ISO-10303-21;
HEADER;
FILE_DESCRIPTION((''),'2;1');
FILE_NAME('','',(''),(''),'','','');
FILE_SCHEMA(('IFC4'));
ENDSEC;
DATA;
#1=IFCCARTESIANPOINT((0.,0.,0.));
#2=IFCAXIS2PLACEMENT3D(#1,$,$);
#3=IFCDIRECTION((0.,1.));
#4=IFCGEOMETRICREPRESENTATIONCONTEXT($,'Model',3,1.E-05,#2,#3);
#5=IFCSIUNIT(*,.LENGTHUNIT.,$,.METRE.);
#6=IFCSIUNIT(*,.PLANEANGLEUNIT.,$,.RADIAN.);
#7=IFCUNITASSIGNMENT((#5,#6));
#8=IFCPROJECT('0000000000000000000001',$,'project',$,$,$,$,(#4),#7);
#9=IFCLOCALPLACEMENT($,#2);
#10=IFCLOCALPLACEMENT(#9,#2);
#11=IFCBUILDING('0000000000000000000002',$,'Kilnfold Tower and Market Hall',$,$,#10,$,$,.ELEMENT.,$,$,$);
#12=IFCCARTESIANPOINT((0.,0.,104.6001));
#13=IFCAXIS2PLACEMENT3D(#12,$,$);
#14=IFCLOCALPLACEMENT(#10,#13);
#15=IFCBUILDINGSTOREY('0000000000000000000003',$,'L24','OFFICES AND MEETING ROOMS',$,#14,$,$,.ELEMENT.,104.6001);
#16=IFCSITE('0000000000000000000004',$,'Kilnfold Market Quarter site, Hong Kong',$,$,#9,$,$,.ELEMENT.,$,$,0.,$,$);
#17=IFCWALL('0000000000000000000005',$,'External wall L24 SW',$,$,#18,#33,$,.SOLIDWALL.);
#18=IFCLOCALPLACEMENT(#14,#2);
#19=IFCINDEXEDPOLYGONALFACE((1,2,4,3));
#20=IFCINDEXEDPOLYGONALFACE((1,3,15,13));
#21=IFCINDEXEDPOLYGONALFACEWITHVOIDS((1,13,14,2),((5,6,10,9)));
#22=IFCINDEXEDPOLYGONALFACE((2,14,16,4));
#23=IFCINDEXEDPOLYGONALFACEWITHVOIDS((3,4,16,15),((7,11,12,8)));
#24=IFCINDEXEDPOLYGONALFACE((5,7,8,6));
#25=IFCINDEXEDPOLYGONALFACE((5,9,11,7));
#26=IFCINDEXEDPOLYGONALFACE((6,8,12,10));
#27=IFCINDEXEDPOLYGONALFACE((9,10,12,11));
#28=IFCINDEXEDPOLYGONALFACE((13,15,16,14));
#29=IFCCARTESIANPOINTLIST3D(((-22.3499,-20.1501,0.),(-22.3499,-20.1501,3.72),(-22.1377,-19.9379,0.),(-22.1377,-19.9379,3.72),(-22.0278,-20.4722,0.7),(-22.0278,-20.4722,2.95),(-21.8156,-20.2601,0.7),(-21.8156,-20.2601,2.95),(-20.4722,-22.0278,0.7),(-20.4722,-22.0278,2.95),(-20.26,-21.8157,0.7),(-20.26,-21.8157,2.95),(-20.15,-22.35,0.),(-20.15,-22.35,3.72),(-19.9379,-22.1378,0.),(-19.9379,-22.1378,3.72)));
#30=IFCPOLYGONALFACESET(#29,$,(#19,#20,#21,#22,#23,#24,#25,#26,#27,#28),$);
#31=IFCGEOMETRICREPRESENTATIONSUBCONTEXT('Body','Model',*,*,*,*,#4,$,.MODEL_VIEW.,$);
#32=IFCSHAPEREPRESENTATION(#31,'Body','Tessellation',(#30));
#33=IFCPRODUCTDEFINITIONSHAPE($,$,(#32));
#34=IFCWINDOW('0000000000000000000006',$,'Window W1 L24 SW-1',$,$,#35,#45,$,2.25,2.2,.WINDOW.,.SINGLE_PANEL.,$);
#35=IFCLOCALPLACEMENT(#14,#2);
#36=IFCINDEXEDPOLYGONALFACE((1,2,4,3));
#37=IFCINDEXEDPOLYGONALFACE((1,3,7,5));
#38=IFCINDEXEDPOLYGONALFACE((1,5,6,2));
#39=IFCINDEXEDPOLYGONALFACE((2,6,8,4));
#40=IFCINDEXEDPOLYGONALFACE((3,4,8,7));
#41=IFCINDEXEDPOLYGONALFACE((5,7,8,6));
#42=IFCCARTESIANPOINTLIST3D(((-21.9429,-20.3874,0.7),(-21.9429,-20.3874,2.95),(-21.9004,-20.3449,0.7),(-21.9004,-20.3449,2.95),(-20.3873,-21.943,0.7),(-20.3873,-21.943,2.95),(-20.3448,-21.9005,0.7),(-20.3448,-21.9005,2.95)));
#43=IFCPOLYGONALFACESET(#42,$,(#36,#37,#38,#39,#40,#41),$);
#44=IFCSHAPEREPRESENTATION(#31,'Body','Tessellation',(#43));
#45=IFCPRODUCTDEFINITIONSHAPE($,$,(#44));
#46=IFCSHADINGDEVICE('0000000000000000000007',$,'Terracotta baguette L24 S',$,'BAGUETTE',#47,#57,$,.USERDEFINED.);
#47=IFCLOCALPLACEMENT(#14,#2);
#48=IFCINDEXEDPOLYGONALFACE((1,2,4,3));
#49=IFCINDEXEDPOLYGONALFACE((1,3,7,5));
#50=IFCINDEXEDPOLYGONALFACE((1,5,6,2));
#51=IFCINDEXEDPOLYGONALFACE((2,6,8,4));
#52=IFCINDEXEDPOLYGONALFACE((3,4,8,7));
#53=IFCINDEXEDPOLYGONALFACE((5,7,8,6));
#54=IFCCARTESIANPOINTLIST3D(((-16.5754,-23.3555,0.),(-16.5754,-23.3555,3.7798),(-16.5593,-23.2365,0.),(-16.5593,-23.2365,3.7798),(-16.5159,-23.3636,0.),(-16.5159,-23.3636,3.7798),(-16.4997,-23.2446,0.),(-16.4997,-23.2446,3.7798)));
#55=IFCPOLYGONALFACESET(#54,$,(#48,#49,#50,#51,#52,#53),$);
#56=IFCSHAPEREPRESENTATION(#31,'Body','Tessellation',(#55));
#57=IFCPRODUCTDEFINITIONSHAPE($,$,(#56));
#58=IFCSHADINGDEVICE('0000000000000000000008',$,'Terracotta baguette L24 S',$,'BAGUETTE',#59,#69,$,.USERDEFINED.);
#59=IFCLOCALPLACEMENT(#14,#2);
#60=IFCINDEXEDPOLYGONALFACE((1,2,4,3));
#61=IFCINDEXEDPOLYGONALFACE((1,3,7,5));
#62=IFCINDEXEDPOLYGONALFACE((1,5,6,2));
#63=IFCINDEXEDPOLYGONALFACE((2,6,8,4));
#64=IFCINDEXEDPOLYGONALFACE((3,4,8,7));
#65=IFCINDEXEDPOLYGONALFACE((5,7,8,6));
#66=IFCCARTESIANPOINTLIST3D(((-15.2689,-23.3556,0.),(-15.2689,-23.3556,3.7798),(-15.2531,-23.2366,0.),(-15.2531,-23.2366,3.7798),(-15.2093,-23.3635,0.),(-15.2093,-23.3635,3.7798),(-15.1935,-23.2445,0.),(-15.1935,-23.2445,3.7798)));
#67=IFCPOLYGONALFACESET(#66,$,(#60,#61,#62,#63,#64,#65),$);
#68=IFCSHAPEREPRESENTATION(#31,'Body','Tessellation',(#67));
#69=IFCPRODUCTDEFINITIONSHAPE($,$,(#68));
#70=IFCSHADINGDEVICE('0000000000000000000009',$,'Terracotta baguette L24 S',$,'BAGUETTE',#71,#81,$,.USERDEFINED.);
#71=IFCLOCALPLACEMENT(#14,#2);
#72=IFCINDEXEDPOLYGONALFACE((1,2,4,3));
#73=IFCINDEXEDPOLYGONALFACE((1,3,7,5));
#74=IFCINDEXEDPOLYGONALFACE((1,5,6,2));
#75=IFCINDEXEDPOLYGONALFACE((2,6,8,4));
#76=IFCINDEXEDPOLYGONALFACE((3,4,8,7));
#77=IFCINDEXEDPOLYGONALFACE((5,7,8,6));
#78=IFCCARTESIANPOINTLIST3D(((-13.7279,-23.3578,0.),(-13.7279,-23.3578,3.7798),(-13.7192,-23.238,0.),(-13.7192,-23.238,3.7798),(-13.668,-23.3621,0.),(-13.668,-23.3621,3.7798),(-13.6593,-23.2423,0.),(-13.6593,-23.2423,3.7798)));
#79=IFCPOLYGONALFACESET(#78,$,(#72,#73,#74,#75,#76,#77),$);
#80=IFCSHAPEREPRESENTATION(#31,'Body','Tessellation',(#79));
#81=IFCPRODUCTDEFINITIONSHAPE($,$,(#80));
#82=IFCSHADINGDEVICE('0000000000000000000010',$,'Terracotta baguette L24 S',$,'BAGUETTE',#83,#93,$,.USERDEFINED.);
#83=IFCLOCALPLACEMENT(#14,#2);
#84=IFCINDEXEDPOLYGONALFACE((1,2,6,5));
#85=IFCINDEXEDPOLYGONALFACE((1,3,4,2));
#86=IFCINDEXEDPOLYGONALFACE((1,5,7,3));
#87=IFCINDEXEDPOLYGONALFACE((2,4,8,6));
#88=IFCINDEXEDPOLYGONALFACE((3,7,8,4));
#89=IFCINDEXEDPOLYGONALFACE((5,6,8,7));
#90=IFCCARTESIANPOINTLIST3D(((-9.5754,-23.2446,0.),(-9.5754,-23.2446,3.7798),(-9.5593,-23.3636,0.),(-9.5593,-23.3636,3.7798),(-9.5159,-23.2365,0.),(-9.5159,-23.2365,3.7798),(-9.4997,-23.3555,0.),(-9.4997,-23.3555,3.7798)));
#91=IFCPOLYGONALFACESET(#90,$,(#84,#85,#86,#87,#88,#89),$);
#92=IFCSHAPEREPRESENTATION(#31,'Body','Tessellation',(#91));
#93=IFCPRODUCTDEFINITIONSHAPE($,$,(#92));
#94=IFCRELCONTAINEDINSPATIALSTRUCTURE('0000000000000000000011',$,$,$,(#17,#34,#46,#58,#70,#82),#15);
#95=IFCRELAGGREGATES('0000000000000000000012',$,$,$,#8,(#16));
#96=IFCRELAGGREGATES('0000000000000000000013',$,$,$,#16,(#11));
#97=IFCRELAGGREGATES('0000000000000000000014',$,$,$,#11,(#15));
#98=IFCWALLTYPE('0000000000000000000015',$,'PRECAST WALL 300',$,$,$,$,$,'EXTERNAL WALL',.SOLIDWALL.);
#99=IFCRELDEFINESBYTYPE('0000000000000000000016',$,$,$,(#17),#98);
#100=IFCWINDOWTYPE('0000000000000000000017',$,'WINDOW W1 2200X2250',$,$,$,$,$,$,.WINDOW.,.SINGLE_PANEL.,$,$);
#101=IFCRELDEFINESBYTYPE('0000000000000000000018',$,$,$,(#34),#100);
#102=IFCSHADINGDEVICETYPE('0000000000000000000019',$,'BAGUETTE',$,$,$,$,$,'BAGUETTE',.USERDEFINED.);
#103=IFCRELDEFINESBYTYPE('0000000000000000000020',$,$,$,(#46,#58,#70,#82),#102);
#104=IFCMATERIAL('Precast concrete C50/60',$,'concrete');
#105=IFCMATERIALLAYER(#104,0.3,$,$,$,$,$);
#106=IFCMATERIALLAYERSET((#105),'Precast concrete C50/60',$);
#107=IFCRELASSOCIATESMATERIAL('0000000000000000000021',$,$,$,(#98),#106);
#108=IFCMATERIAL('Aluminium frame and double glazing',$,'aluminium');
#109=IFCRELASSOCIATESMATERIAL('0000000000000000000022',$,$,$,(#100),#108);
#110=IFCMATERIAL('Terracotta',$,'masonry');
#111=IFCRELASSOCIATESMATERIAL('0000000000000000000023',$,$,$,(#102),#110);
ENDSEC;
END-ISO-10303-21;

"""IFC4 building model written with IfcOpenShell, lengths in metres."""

from ifc_helpers import new_model, si_unit, direction, frame, frame_2d, origin, origin_2d, place, context, subcontext, project, spatial, rectangle, extrude, source, transform, mapped, material, layer, layer_set, material_profile, profile_set, type_object, element, fill, save


model = new_model("IFC4")

# Units and contexts
model_context = context("Model", 3, precision=1e-05, world=origin(), true_north=direction((0.0, 1.0)))
body_context = subcontext(model_context, "Body", "Model", "MODEL_VIEW")
ifc_project = project(units=[si_unit("LENGTHUNIT", "METRE"), si_unit("PLANEANGLEUNIT", "RADIAN")], contexts=[model_context])

# Site, building, storey
site_placement = place(None, origin())
site = spatial("IfcSite", under=ifc_project, at=site_placement, Name="Kilnfold Market Quarter site, Hong Kong", CompositionType="ELEMENT", RefElevation=0.0)
building_placement = place(site_placement, origin())
building = spatial("IfcBuilding", under=site, at=building_placement, Name="Kilnfold Tower and Market Hall", CompositionType="ELEMENT")
storey_placement = place(building_placement, frame((0.0, 0.0, 104.6001)))
storey = spatial("IfcBuildingStorey", under=building, at=storey_placement, Name="L24", Description="OFFICES AND MEETING ROOMS", CompositionType="ELEMENT", Elevation=104.6001)

# Shared definitions
ifc_material_1 = material(Name="Precast concrete C50/60", Category="concrete")
ifc_layer_1 = layer(ifc_material_1, 0.3)
ifc_layer_set_1 = layer_set([ifc_layer_1], Name="Precast concrete C50/60")
wall_type = type_object("IfcWallType", Name="PRECAST WALL 300", ElementType="EXTERNAL WALL", PredefinedType="SOLIDWALL", material=ifc_layer_set_1)

# Wall, opening, window
shared_shape_1 = source(origin(), body_context, "Body", "SweptSolid", [
    extrude(rectangle(XDim=3.1111, YDim=0.3, at=frame_2d((1.5557, 0.0))), origin(), (0.0, 0.0, 1.0), 3.72),
])
wall_1_placement = place(storey_placement, frame((-22.2439, -20.0439, 0.0), z_axis=(0.0, 0.0, 1.0), x_axis=(0.707107, -0.707107, 0.0)))
wall_1 = element("IfcWall", 1, at=wall_1_placement, inside=storey, type_object=wall_type, Name="External wall L24 SW", PredefinedType="SOLIDWALL", context=body_context, shape_type="MappedRepresentation", body=[
    mapped(shared_shape_1, transform((0.0, 0.0, 0.0))),
])
opening_1_placement = place(wall_1_placement, frame((0.4556, 0.0, 0.7)))
opening_1 = element("IfcOpeningElement", 2, at=opening_1_placement, cuts=wall_1, PredefinedType="OPENING", context=body_context, shape_type="SweptSolid", body=[
    extrude(rectangle(XDim=2.2, YDim=2.25, at=frame_2d((1.1001, 1.125))), frame((0.0, 0.1602, 0.0), z_axis=(0.0, -1.0, 0.0), x_axis=(1.0, 0.0, 0.0)), (0.0, 0.0, 1.0), 0.3201),
])
ifc_material_2 = material(Name="Aluminium frame and double glazing", Category="aluminium")
window_type = type_object("IfcWindowType", Name="WINDOW W1 2200X2250", PartitioningType="SINGLE_PANEL", PredefinedType="WINDOW", material=ifc_material_2)
window_placement = place(opening_1_placement, origin())
window = element("IfcWindow", 3, at=window_placement, inside=storey, type_object=window_type, Name="Window W1 L24 SW-1", OverallHeight=2.25, OverallWidth=2.2, PartitioningType="SINGLE_PANEL", PredefinedType="WINDOW", context=body_context, shape_type="SweptSolid", body=[
    extrude(rectangle(XDim=2.2, YDim=2.25, at=frame_2d((1.1001, 1.125))), frame((0.0, 0.03, 0.0), z_axis=(0.0, -1.0, 0.0), x_axis=(1.0, 0.0, 0.0)), (0.0, 0.0, 1.0), 0.0601),
])
fill(opening_1, window)

# Shading devices
ifc_material_3 = material(Name="Terracotta", Category="masonry")
ifc_material_profile_1 = material_profile(ifc_material_3, rectangle(XDim=0.0601, YDim=0.1201, at=origin_2d()), Name="BAG 60x120")
ifc_profile_set_1 = profile_set([ifc_material_profile_1], Name="Terracotta")
shading_device_type = type_object("IfcShadingDeviceType", Name="BAGUETTE", ElementType="BAGUETTE", PredefinedType="USERDEFINED", material=ifc_profile_set_1)
shared_shape_2 = source(origin(), body_context, "Body", "SweptSolid", [
    extrude(rectangle(XDim=0.0601, YDim=0.1201, at=origin_2d()), origin(), (0.0, 0.0, 1.0), 3.7798),
])
for number, where, z_axis, x_axis, name in (
    (4, (-16.5376, -23.3, 0.0), (0.0, 0.0, 1.0), (0.990881, -0.134742, 0.0), "Terracotta baguette L24 S"),
    (5, (-15.2312, -23.3, 0.0), (0.0, 0.0, 1.0), (0.991303, -0.131599, 0.0), "Terracotta baguette L24 S"),
    (6, (-13.6936, -23.3, 0.0), (0.0, 0.0, 1.0), (0.997353, -0.072716, 0.0), "Terracotta baguette L24 S"),
    (7, (-9.5376, -23.3, 0.0), (0.0, 0.0, 1.0), (0.990881, 0.134742, 0.0), "Terracotta baguette L24 S"),
):
    element("IfcShadingDevice", number, at=place(storey_placement, frame(where, z_axis=z_axis, x_axis=x_axis)), inside=storey, type_object=shading_device_type, Name=name, ObjectType="BAGUETTE", PredefinedType="USERDEFINED", context=body_context, shape_type="MappedRepresentation", body=[
        mapped(shared_shape_2, transform((0.0, 0.0, 0.0))),
    ])

save(model, "model.ifc")
